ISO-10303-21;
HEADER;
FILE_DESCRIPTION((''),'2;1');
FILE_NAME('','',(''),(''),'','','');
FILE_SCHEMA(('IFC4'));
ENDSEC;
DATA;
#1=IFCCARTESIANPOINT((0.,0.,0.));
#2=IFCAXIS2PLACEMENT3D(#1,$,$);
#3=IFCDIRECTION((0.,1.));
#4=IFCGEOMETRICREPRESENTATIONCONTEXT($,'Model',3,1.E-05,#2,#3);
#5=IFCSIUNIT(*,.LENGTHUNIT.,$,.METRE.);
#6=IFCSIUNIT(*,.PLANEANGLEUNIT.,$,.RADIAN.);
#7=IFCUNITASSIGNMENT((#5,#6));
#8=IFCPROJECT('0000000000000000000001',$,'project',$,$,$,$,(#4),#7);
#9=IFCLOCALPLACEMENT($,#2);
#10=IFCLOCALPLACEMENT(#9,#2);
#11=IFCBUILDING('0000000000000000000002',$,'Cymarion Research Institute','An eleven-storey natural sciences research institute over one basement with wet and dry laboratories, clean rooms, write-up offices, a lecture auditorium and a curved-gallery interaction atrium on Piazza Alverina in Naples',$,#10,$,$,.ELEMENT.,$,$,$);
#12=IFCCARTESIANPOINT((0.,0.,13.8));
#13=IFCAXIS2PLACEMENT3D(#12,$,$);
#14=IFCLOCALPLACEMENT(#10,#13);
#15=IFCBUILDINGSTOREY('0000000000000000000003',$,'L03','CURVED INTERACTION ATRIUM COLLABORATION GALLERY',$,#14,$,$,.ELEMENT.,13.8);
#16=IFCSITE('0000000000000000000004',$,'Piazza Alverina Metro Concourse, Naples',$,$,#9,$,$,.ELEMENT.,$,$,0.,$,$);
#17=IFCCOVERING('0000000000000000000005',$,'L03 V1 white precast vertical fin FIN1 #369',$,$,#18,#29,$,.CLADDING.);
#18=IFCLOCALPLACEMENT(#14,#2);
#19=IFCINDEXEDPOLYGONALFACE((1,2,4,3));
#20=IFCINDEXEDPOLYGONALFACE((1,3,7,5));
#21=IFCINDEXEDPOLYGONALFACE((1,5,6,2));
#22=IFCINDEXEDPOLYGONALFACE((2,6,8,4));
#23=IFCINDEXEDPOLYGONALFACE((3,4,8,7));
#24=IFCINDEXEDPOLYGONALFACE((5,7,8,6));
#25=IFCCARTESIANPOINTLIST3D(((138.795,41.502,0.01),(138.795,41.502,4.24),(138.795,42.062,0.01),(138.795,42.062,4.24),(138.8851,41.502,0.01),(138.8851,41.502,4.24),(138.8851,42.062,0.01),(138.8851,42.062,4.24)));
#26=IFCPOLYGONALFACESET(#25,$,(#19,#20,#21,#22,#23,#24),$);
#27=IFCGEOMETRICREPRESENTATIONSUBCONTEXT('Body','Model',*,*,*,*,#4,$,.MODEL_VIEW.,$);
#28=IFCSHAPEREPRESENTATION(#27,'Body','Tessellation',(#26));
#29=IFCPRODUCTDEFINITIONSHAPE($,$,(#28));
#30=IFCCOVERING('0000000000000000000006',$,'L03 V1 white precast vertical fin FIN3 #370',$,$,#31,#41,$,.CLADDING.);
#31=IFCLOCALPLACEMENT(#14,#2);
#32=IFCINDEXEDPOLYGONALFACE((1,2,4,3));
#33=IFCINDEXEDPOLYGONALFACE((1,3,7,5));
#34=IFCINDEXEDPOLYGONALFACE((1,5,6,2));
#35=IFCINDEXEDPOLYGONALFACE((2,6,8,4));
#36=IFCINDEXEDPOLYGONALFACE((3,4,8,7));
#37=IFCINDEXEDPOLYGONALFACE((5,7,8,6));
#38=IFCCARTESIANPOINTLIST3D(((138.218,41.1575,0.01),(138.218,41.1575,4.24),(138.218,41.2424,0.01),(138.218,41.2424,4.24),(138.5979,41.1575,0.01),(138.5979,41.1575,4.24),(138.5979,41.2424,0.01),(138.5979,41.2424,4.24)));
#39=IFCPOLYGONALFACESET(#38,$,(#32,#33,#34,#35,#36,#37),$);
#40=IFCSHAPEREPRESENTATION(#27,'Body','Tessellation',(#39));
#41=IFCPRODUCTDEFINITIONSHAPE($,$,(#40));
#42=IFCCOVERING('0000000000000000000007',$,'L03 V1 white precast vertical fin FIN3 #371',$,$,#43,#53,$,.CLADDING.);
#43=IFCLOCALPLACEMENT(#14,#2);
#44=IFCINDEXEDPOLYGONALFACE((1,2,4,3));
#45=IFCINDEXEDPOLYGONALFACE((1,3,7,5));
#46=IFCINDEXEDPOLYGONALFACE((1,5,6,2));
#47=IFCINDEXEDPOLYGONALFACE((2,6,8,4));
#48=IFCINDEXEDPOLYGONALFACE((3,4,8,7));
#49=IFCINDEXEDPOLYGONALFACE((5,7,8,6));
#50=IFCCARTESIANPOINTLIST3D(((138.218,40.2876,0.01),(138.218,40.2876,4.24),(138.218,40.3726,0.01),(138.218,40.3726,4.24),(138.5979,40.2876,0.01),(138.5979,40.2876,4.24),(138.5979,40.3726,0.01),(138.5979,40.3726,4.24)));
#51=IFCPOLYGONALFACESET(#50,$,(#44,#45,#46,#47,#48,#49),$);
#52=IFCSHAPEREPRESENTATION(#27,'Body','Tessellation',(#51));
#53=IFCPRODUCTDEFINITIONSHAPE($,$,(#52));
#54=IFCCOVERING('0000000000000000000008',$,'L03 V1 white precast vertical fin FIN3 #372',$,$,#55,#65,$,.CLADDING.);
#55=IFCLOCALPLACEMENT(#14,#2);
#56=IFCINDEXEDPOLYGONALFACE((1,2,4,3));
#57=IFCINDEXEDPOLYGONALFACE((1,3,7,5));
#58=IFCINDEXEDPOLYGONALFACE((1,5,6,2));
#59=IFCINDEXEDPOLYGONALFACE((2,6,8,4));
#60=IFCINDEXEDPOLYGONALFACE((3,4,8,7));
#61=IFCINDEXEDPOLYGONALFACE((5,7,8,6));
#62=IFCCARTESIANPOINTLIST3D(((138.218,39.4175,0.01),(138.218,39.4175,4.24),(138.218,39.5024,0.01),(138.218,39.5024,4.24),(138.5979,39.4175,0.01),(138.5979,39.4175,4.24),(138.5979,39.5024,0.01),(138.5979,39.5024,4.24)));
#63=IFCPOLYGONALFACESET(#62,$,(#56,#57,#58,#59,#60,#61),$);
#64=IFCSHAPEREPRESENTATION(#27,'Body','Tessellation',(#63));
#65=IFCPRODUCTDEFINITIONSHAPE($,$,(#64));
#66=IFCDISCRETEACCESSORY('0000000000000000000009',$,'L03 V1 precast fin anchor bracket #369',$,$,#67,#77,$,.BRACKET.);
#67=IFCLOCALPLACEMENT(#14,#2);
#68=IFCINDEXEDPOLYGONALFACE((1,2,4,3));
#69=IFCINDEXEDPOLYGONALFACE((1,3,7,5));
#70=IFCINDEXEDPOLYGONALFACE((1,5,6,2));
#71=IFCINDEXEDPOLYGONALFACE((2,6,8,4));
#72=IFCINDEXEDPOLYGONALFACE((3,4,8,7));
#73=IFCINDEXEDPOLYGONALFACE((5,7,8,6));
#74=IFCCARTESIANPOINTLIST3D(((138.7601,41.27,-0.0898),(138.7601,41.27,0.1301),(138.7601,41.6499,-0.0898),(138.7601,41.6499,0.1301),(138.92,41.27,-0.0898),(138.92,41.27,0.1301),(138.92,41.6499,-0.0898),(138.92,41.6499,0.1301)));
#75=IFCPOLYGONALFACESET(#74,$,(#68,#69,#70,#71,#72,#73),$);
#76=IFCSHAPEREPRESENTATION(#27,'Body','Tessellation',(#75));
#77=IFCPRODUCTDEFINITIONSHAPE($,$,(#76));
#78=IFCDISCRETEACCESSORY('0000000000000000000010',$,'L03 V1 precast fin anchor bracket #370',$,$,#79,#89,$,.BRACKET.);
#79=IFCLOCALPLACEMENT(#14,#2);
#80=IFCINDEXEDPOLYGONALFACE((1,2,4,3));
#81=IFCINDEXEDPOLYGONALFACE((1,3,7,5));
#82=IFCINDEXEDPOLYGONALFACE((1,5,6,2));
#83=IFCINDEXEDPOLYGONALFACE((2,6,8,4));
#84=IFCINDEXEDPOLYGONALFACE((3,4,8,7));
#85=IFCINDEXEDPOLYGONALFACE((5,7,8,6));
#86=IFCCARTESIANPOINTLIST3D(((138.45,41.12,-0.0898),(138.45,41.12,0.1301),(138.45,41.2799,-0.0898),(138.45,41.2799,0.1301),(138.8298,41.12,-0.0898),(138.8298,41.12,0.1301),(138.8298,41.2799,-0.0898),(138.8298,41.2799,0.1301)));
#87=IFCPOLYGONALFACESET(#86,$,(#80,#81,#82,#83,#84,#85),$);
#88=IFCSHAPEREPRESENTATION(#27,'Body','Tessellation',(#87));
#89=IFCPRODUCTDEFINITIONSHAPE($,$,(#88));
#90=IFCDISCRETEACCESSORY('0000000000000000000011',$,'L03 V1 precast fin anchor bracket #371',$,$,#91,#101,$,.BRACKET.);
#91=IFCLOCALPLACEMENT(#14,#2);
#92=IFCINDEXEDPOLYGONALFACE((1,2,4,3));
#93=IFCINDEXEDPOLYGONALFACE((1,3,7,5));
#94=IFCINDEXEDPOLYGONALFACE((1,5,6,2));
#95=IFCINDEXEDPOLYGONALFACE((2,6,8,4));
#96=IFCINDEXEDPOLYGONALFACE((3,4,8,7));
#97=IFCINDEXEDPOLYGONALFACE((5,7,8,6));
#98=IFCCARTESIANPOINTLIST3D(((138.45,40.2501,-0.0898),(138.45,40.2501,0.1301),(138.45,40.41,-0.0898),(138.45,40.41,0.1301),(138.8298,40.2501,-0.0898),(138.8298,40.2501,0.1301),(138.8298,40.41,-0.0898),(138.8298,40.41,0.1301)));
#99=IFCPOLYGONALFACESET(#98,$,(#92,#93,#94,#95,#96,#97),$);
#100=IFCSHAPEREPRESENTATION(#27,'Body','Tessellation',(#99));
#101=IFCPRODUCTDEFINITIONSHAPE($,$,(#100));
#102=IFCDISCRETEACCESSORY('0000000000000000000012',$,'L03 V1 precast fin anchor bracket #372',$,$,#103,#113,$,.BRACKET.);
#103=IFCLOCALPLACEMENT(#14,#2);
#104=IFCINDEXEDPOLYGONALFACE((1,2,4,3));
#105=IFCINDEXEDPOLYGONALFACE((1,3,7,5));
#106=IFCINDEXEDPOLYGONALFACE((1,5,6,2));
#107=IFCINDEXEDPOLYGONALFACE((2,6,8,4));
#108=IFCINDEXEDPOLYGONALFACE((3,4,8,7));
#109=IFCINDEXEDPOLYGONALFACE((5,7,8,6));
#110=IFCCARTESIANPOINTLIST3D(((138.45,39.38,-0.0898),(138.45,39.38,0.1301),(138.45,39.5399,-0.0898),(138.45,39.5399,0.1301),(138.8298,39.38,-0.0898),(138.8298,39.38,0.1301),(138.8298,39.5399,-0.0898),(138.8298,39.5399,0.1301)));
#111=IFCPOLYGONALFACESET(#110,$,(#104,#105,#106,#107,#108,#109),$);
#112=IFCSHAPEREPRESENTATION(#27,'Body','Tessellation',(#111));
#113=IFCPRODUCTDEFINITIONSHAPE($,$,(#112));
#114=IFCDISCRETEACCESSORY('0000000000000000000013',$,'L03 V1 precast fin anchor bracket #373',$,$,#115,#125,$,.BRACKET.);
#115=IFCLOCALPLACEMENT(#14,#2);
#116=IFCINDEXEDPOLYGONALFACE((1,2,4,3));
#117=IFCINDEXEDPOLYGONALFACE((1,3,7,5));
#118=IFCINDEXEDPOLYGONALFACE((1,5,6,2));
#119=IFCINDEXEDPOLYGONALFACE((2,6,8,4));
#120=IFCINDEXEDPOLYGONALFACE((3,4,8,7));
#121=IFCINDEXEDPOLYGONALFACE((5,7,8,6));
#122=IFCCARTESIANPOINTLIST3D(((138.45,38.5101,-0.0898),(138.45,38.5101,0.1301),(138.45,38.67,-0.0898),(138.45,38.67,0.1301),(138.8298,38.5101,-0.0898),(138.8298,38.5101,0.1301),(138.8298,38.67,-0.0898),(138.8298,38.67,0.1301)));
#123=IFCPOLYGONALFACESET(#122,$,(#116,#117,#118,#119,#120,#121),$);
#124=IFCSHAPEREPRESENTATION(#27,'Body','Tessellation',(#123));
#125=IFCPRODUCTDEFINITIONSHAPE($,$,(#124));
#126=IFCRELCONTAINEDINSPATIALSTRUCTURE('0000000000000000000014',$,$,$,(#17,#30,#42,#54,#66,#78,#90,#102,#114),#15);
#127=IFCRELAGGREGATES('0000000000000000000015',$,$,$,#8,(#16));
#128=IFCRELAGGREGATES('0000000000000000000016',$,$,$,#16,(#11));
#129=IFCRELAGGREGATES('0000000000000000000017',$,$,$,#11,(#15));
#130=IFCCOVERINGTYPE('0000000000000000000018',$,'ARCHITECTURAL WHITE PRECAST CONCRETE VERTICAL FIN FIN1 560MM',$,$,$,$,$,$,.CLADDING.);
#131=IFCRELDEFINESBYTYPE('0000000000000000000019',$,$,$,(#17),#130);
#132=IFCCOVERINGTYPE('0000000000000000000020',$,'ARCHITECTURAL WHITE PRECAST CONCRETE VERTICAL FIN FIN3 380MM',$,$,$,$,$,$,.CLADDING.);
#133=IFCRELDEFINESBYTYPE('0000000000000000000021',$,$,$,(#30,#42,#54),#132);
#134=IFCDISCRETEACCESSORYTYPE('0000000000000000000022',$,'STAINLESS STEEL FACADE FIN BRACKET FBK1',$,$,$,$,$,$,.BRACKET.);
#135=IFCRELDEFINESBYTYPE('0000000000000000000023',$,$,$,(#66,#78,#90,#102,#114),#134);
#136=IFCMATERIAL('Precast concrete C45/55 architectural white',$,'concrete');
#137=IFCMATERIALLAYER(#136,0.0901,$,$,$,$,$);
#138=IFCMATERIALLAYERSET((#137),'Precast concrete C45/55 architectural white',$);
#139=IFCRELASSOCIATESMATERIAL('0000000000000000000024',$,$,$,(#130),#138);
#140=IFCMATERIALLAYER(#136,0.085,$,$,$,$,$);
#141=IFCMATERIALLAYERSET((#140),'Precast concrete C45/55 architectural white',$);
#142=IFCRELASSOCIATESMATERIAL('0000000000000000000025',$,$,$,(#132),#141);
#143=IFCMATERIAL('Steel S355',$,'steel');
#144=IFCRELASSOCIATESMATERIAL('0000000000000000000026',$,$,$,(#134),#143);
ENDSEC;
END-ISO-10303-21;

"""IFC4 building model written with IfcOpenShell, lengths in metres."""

from ifc_helpers import new_model, si_unit, direction, frame, origin, origin_2d, place, context, subcontext, project, spatial, rectangle, extrude, material, layer, layer_set, type_object, element, save


model = new_model("IFC4")

# Units and contexts
model_context = context("Model", 3, precision=1e-05, world=origin(), true_north=direction((0.0, 1.0)))
body_context = subcontext(model_context, "Body", "Model", "MODEL_VIEW")
ifc_project = project(units=[si_unit("LENGTHUNIT", "METRE"), si_unit("PLANEANGLEUNIT", "RADIAN")], contexts=[model_context])

# Site, building, storey
site_placement = place(None, origin())
site = spatial("IfcSite", under=ifc_project, at=site_placement, Name="Piazza Alverina Metro Concourse, Naples", CompositionType="ELEMENT", RefElevation=0.0)
building_placement = place(site_placement, origin())
building = spatial("IfcBuilding", under=site, at=building_placement, Name="Cymarion Research Institute", Description="An eleven-storey natural sciences research institute over one basement with wet and dry laboratories, clean rooms, write-up offices, a lecture auditorium and a curved-gallery interaction atrium on Piazza Alverina in Naples", CompositionType="ELEMENT")
storey_placement = place(building_placement, frame((0.0, 0.0, 13.8)))
storey = spatial("IfcBuildingStorey", under=building, at=storey_placement, Name="L03", Description="CURVED INTERACTION ATRIUM COLLABORATION GALLERY", CompositionType="ELEMENT", Elevation=13.8)

# Shared definitions
ifc_material_1 = material(Name="Steel S355", Category="steel")

# Coverings
ifc_material_2 = material(Name="Precast concrete C45/55 architectural white", Category="concrete")
ifc_layer_1 = layer(ifc_material_2, 0.0901)
ifc_layer_set_1 = layer_set([ifc_layer_1], Name="Precast concrete C45/55 architectural white")
covering_type_1 = type_object("IfcCoveringType", Name="ARCHITECTURAL WHITE PRECAST CONCRETE VERTICAL FIN FIN1 560MM", PredefinedType="CLADDING", material=ifc_layer_set_1)
covering_placement = place(storey_placement, frame((138.8401, 41.782, 0.01), z_axis=(0.0, 0.0, 1.0), x_axis=(0.0, 1.0, 0.0)))
element("IfcCovering", 1, at=covering_placement, inside=storey, type_object=covering_type_1, Name="L03 V1 white precast vertical fin FIN1 #369", PredefinedType="CLADDING", context=body_context, shape_type="SweptSolid", body=[
    extrude(rectangle(XDim=0.5601, YDim=0.0901, at=origin_2d()), origin(), (0.0, 0.0, 1.0), 4.23),
])
ifc_layer_2 = layer(ifc_material_2, 0.085)
ifc_layer_set_2 = layer_set([ifc_layer_2], Name="Precast concrete C45/55 architectural white")
covering_type_2 = type_object("IfcCoveringType", Name="ARCHITECTURAL WHITE PRECAST CONCRETE VERTICAL FIN FIN3 380MM", PredefinedType="CLADDING", material=ifc_layer_set_2)
for number, where, z_axis, x_axis, name in (
    (2, (138.408, 41.2, 0.01), (0.0, 0.0, 1.0), (-1.0, 0.0, 0.0), "L03 V1 white precast vertical fin FIN3 #370"),
    (3, (138.408, 40.3301, 0.01), (0.0, 0.0, 1.0), (-1.0, 0.0, 0.0), "L03 V1 white precast vertical fin FIN3 #371"),
    (4, (138.408, 39.46, 0.01), (0.0, 0.0, 1.0), (-1.0, 0.0, 0.0), "L03 V1 white precast vertical fin FIN3 #372"),
):
    element("IfcCovering", number, at=place(storey_placement, frame(where, z_axis=z_axis, x_axis=x_axis)), inside=storey, type_object=covering_type_2, Name=name, PredefinedType="CLADDING", context=body_context, shape_type="SweptSolid", body=[
        extrude(rectangle(XDim=0.3799, YDim=0.085, at=origin_2d()), origin(), (0.0, 0.0, 1.0), 4.23),
    ])

# Discrete accessories
discrete_accessory_type = type_object("IfcDiscreteAccessoryType", Name="STAINLESS STEEL FACADE FIN BRACKET FBK1", PredefinedType="BRACKET", material=ifc_material_1)
for number, where, z_axis, x_axis, name in (
    (5, (138.8401, 41.46, -0.0898), (0.0, 0.0, 1.0), (0.0, 1.0, 0.0), "L03 V1 precast fin anchor bracket #369"),
    (6, (138.6399, 41.2, -0.0898), (0.0, 0.0, 1.0), (-1.0, 0.0, 0.0), "L03 V1 precast fin anchor bracket #370"),
    (7, (138.6399, 40.3301, -0.0898), (0.0, 0.0, 1.0), (-1.0, 0.0, 0.0), "L03 V1 precast fin anchor bracket #371"),
    (8, (138.6399, 39.46, -0.0898), (0.0, 0.0, 1.0), (-1.0, 0.0, 0.0), "L03 V1 precast fin anchor bracket #372"),
    (9, (138.6399, 38.5901, -0.0898), (0.0, 0.0, 1.0), (-1.0, 0.0, 0.0), "L03 V1 precast fin anchor bracket #373"),
):
    element("IfcDiscreteAccessory", number, at=place(storey_placement, frame(where, z_axis=z_axis, x_axis=x_axis)), inside=storey, type_object=discrete_accessory_type, Name=name, PredefinedType="BRACKET", context=body_context, shape_type="SweptSolid", body=[
        extrude(rectangle(XDim=0.3799, YDim=0.1599, at=origin_2d()), origin(), (0.0, 0.0, 1.0), 0.22),
    ])

save(model, "model.ifc")
